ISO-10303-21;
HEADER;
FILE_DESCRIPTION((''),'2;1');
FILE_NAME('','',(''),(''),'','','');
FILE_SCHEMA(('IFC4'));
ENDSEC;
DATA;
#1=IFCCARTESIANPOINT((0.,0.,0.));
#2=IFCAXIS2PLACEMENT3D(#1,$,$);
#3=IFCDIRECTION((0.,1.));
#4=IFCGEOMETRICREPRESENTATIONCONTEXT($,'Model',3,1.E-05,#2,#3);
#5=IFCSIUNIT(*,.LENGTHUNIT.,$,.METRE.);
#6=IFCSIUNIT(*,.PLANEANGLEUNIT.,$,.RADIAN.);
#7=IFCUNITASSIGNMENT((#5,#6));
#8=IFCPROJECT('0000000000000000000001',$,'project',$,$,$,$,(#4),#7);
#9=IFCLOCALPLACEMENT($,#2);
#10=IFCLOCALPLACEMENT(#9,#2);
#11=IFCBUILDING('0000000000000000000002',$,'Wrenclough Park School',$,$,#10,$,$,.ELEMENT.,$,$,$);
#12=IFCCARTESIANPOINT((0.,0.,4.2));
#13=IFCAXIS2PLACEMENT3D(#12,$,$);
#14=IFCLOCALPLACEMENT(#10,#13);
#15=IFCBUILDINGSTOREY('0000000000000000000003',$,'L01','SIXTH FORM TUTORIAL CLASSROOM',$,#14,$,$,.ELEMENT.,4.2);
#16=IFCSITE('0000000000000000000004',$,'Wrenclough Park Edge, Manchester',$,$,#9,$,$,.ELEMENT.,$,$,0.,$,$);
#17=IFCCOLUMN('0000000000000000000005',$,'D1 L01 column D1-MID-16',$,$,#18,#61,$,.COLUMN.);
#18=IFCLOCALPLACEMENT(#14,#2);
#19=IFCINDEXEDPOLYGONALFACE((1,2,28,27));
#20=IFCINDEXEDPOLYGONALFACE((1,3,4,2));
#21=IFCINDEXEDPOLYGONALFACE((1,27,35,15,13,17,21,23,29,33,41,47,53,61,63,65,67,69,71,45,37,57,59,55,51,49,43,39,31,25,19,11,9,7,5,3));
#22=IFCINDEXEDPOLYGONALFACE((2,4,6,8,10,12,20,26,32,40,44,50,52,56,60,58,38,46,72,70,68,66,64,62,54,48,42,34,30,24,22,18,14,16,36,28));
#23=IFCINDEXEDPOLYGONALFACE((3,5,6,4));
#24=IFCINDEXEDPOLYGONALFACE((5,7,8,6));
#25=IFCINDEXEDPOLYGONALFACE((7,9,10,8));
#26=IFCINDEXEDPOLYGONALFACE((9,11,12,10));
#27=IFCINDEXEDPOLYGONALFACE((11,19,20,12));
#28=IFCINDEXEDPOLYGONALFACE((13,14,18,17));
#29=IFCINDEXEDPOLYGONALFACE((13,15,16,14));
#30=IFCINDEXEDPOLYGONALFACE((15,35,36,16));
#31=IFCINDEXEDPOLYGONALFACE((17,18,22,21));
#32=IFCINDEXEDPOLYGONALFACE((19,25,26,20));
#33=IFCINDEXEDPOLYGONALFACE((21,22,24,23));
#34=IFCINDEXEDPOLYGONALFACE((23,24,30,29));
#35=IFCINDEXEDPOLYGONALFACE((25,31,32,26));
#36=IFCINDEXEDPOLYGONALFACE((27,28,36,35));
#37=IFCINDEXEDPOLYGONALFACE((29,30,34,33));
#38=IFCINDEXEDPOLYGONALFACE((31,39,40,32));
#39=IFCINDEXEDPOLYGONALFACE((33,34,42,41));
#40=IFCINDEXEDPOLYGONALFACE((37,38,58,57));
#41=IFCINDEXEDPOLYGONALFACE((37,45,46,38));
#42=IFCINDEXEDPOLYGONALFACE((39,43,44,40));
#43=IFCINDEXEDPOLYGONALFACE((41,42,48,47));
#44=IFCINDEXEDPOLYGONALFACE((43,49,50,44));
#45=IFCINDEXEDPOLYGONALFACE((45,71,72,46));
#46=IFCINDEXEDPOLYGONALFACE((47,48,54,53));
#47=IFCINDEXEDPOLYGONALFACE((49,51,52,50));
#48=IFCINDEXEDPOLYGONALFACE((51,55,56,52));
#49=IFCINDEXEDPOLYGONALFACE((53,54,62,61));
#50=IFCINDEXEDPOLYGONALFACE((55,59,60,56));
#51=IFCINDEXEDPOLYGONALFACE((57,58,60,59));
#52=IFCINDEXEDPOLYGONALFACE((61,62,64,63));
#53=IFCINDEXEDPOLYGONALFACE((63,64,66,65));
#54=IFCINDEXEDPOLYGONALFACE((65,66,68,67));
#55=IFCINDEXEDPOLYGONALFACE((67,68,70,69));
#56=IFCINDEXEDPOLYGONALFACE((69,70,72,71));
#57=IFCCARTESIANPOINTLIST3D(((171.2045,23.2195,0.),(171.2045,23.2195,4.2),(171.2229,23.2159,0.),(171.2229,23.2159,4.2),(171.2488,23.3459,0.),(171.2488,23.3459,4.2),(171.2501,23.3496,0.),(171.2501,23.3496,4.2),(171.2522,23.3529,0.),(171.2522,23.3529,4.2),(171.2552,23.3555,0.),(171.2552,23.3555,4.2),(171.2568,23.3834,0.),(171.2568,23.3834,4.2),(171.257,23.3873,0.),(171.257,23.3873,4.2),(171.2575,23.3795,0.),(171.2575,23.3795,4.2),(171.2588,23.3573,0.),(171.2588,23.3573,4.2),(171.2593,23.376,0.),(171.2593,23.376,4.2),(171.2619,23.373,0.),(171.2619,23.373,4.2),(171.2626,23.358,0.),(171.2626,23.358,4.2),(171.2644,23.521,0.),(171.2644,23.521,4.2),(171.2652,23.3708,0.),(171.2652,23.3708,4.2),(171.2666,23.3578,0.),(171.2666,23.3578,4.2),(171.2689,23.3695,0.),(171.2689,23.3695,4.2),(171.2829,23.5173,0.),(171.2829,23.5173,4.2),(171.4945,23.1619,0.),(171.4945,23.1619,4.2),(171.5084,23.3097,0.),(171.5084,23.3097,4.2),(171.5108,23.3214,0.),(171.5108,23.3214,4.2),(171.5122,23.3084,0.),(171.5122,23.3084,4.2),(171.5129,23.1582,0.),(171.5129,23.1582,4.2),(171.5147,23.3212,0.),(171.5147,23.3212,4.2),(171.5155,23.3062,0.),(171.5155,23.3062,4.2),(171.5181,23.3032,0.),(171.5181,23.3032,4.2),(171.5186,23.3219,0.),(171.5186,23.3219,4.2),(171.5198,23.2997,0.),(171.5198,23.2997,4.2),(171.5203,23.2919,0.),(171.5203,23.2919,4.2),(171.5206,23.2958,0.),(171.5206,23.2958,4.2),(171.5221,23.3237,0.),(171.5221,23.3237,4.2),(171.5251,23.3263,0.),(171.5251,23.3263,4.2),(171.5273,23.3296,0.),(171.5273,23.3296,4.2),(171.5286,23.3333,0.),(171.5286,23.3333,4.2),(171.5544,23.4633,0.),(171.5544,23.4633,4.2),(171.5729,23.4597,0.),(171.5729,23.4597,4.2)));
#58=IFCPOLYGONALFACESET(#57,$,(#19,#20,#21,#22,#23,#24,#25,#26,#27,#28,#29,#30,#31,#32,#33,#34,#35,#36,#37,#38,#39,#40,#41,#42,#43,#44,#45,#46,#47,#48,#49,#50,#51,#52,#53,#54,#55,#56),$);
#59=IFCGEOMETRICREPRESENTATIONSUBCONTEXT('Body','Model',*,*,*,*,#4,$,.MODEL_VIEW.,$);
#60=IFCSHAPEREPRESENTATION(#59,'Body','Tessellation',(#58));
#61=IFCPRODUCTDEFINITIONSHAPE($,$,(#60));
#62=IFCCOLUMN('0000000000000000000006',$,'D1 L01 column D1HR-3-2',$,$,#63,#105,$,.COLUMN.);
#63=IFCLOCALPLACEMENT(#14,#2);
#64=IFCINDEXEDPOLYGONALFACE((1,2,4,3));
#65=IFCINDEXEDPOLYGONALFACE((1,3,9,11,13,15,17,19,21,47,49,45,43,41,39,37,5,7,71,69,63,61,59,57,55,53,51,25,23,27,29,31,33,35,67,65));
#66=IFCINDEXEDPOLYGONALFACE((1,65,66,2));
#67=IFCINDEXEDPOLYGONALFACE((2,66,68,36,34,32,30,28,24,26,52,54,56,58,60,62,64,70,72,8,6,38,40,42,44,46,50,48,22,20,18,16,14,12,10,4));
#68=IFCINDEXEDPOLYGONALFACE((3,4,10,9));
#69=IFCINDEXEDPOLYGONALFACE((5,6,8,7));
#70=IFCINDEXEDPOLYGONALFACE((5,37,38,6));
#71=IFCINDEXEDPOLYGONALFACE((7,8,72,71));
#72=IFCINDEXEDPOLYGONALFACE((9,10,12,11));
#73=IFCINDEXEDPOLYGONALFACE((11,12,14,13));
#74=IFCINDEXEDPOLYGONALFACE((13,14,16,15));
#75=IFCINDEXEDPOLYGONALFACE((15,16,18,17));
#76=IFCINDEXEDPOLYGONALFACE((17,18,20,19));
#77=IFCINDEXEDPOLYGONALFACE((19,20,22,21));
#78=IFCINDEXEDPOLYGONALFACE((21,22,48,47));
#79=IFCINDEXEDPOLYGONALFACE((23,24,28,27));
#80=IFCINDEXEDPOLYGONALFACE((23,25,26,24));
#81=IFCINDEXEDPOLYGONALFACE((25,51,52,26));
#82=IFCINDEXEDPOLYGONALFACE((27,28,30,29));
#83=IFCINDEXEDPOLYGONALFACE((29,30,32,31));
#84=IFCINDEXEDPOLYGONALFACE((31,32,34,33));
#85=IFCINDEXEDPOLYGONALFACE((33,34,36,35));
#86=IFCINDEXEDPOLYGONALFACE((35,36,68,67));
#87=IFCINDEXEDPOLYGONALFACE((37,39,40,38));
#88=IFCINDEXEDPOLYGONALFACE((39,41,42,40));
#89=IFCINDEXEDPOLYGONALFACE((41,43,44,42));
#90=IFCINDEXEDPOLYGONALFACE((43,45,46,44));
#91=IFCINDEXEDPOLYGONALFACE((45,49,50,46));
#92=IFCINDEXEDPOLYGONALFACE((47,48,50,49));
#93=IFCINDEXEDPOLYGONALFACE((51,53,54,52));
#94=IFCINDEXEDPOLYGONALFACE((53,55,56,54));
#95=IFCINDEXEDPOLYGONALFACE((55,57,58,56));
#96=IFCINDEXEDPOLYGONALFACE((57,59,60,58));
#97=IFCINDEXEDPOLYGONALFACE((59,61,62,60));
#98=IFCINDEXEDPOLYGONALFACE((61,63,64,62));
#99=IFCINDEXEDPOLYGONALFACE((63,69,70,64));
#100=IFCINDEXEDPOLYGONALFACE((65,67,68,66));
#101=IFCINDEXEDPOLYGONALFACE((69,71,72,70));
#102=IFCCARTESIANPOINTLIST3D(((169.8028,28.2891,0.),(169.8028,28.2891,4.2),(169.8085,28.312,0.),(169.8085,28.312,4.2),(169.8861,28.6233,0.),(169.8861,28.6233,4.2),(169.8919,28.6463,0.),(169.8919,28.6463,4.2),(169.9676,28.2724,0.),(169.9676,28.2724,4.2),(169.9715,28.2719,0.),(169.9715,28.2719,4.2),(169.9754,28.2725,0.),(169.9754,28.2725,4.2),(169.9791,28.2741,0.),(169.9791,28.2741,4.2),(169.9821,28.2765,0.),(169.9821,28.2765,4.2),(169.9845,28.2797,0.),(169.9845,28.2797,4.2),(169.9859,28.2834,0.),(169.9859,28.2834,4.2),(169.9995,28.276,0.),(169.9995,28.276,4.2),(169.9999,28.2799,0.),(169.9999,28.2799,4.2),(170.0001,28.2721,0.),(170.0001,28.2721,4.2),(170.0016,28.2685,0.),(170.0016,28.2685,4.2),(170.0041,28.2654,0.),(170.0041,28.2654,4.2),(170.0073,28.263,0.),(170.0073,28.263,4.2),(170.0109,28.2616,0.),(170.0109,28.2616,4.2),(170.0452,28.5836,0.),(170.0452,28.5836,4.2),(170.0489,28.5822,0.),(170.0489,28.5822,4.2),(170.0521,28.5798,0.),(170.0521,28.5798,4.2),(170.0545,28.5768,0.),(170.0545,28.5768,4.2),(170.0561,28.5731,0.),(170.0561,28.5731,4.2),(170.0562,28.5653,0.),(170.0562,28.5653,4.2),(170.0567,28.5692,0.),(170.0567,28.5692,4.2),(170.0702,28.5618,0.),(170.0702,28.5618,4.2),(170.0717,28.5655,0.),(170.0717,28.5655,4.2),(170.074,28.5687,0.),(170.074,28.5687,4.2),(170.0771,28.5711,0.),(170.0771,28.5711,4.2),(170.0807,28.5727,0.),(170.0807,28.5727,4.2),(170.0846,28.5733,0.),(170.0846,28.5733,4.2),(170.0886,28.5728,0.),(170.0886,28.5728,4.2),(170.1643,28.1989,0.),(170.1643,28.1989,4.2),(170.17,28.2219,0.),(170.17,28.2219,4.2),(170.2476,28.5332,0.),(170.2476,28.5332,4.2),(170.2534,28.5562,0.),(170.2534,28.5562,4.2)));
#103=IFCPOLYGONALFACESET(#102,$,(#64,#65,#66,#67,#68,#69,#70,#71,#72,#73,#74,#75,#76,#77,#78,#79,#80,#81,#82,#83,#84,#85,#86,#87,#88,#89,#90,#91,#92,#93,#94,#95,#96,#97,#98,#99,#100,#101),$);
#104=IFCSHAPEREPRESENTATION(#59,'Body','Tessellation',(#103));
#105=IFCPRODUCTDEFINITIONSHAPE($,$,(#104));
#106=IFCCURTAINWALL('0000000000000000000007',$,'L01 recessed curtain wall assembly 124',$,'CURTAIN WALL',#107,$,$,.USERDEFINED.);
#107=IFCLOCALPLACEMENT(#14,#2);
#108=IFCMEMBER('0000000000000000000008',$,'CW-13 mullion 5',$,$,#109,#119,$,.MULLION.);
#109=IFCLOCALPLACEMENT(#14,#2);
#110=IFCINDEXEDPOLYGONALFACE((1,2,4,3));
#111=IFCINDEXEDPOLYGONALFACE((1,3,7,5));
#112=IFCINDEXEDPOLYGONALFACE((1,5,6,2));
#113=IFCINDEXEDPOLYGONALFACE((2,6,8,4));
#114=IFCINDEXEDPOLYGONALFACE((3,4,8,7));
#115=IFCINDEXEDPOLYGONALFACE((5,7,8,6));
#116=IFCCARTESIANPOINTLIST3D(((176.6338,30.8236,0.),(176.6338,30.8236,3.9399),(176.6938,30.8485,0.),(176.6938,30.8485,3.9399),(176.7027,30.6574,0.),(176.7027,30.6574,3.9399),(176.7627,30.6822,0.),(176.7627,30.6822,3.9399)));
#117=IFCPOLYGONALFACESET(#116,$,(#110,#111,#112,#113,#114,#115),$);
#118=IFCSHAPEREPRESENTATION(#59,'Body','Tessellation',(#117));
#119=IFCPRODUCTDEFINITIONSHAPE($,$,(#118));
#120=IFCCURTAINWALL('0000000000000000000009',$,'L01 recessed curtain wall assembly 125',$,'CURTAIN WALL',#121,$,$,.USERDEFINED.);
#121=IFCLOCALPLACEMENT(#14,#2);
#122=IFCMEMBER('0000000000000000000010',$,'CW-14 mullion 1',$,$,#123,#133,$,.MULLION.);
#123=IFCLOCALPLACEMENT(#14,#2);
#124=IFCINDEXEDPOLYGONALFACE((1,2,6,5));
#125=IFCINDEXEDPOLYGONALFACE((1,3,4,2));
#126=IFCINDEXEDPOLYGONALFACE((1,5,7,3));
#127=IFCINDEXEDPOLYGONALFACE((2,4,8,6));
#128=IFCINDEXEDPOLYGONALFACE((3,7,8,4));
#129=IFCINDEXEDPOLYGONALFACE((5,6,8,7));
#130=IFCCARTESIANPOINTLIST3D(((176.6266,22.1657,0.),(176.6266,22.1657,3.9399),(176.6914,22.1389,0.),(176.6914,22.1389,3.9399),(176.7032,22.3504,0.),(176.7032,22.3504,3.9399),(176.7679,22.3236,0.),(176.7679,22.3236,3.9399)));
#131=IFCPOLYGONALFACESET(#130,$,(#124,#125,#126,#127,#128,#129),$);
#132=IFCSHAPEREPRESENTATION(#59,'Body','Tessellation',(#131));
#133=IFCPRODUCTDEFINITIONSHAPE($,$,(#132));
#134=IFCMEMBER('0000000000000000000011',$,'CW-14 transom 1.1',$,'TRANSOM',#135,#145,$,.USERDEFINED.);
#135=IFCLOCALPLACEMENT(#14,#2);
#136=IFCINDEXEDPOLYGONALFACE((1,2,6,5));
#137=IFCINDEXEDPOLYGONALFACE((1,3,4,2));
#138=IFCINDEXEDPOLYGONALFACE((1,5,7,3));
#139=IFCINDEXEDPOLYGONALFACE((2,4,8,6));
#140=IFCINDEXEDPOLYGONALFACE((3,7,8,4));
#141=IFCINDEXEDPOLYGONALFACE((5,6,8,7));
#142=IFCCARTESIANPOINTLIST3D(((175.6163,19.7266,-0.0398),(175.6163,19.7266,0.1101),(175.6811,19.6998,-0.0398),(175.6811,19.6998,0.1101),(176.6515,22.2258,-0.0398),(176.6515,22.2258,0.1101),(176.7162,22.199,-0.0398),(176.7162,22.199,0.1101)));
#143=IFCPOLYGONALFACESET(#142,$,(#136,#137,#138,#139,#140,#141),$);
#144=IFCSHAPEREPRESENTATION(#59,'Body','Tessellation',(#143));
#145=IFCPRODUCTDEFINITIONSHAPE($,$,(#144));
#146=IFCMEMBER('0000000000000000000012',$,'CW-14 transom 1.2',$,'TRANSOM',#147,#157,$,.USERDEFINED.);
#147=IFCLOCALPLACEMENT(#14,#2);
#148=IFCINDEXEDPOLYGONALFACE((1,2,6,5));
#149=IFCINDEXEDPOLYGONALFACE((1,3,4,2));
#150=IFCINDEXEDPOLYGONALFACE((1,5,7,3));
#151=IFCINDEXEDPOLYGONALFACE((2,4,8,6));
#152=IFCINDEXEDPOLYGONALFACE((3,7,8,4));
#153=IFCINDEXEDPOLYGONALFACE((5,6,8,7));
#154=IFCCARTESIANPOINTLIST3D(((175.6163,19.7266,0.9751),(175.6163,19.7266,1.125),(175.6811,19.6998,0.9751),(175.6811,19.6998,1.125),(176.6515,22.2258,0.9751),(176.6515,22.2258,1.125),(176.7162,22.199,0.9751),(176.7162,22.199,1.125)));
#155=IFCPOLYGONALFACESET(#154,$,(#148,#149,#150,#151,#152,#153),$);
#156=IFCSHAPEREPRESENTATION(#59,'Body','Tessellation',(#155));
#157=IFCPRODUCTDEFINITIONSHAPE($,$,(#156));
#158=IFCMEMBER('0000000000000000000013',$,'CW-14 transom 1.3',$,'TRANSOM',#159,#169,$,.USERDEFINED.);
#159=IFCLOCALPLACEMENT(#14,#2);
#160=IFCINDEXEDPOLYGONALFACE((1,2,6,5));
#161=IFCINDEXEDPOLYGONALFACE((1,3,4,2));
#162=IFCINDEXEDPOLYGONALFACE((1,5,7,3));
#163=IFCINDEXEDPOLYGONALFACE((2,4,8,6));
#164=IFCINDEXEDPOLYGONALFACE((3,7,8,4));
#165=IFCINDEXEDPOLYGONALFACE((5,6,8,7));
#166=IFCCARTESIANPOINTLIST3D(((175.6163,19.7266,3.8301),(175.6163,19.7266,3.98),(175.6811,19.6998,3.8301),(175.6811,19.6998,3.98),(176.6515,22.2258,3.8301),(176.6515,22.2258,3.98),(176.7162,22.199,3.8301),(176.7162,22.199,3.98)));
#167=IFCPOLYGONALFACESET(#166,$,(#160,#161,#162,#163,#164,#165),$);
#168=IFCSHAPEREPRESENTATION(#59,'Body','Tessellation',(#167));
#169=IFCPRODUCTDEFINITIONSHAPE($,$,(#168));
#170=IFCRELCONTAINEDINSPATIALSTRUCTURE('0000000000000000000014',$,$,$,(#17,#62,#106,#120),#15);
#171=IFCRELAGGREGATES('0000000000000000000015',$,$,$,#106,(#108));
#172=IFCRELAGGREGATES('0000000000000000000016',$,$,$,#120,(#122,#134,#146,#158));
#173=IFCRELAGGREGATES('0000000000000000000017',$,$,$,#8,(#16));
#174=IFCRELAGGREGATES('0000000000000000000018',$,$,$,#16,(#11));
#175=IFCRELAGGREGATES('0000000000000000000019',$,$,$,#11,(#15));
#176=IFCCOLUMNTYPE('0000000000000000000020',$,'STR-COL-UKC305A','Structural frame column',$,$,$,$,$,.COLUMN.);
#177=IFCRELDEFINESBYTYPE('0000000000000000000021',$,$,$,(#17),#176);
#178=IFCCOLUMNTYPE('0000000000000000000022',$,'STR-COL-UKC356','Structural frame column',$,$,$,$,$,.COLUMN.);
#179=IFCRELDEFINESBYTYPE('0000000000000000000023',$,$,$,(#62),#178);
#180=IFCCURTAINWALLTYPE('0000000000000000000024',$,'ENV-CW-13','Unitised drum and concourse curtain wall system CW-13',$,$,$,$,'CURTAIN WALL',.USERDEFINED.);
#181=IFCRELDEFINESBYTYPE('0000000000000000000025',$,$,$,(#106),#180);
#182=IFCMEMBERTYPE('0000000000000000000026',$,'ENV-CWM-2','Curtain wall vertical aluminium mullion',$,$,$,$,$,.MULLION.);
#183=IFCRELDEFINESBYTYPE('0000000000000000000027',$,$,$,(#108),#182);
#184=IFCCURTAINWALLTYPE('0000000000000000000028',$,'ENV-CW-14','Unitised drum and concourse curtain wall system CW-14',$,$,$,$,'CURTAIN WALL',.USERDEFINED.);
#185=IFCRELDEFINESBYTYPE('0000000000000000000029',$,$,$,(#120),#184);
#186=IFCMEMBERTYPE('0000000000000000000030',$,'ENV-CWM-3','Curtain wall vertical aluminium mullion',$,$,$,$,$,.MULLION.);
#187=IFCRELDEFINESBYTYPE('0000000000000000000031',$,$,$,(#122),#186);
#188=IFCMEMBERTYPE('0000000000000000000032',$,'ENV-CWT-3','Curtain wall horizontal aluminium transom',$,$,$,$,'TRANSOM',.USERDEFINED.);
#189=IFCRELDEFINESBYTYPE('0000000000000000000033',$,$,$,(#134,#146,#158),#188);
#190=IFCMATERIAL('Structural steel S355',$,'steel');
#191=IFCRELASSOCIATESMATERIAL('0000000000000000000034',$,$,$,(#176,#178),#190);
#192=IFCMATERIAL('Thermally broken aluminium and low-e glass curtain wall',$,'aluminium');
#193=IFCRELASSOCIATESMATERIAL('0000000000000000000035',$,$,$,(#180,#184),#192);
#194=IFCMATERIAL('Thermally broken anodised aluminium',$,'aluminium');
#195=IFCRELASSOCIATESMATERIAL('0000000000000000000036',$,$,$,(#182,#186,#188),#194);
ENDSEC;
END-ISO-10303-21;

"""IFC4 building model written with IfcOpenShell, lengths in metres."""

from ifc_helpers import new_model, si_unit, direction, frame, origin, origin_2d, place, context, subcontext, project, spatial, rectangle, i_section, extrude, material, material_profile, profile_set, type_object, element, aggregate, save


model = new_model("IFC4")

# Units and contexts
model_context = context("Model", 3, precision=1e-05, world=origin(), true_north=direction((0.0, 1.0)))
body_context = subcontext(model_context, "Body", "Model", "MODEL_VIEW")
ifc_project = project(units=[si_unit("LENGTHUNIT", "METRE"), si_unit("PLANEANGLEUNIT", "RADIAN")], contexts=[model_context])

# Site, building, storey
site_placement = place(None, origin())
site = spatial("IfcSite", under=ifc_project, at=site_placement, Name="Wrenclough Park Edge, Manchester", CompositionType="ELEMENT", RefElevation=0.0)
building_placement = place(site_placement, origin())
building = spatial("IfcBuilding", under=site, at=building_placement, Name="Wrenclough Park School", CompositionType="ELEMENT")
storey_placement = place(building_placement, frame((0.0, 0.0, 4.2)))
storey = spatial("IfcBuildingStorey", under=building, at=storey_placement, Name="L01", Description="SIXTH FORM TUTORIAL CLASSROOM", CompositionType="ELEMENT", Elevation=4.2)

# Columns
ifc_material_1 = material(Name="Structural steel S355", Category="steel")
ifc_material_profile_1 = material_profile(ifc_material_1, i_section(OverallWidth=0.3074, OverallDepth=0.3145, WebThickness=0.012, FlangeThickness=0.0188, FilletRadius=0.0151, at=origin_2d()), Name="UKC 305x305x118")
ifc_profile_set_1 = profile_set([ifc_material_profile_1], Name="Structural steel S355")
column_type_1 = type_object("IfcColumnType", Name="STR-COL-UKC305A", Description="Structural frame column", PredefinedType="COLUMN", material=ifc_profile_set_1)
column_1_placement = place(storey_placement, frame((171.3887, 23.3396, 0.0), z_axis=(0.0, 0.0, 1.0), x_axis=(0.19509, 0.980785, 0.0)))
element("IfcColumn", 1, at=column_1_placement, inside=storey, type_object=column_type_1, Name="D1 L01 column D1-MID-16", PredefinedType="COLUMN", context=body_context, shape_type="SweptSolid", body=[
    extrude(i_section(OverallWidth=0.3074, OverallDepth=0.3145, WebThickness=0.012, FlangeThickness=0.0188, FilletRadius=0.0151, at=origin_2d()), origin(), (0.0, 0.0, 1.0), 4.2),
])
ifc_material_profile_2 = material_profile(ifc_material_1, i_section(OverallWidth=0.3726, OverallDepth=0.3682, WebThickness=0.0144, FlangeThickness=0.0237, FilletRadius=0.0151, at=origin_2d()), Name="UKC 356x368x177")
ifc_profile_set_2 = profile_set([ifc_material_profile_2], Name="Structural steel S355")
column_type_2 = type_object("IfcColumnType", Name="STR-COL-UKC356", Description="Structural frame column", PredefinedType="COLUMN", material=ifc_profile_set_2)
column_2_placement = place(storey_placement, frame((170.0281, 28.4226, 0.0), z_axis=(0.0, 0.0, 1.0), x_axis=(0.970296, -0.241922, 0.0)))
element("IfcColumn", 2, at=column_2_placement, inside=storey, type_object=column_type_2, Name="D1 L01 column D1HR-3-2", PredefinedType="COLUMN", context=body_context, shape_type="SweptSolid", body=[
    extrude(i_section(OverallWidth=0.3726, OverallDepth=0.3682, WebThickness=0.0144, FlangeThickness=0.0237, FilletRadius=0.0151, at=origin_2d()), origin(), (0.0, 0.0, 1.0), 4.2),
])

# Curtain wall, member
ifc_material_2 = material(Name="Thermally broken aluminium and low-e glass curtain wall", Category="aluminium")
curtain_wall_type_1 = type_object("IfcCurtainWallType", Name="ENV-CW-13", Description="Unitised drum and concourse curtain wall system CW-13", ElementType="CURTAIN WALL", PredefinedType="USERDEFINED", material=ifc_material_2)
curtain_wall_1_placement = place(storey_placement, origin())
curtain_wall_1 = element("IfcCurtainWall", 3, at=curtain_wall_1_placement, inside=storey, type_object=curtain_wall_type_1, Name="L01 recessed curtain wall assembly 124", ObjectType="CURTAIN WALL", PredefinedType="USERDEFINED")
ifc_material_3 = material(Name="Thermally broken anodised aluminium", Category="aluminium")
ifc_material_profile_3 = material_profile(ifc_material_3, rectangle(XDim=0.0649, YDim=0.1799, at=origin_2d()), Name="AL MULLION 65x180")
ifc_profile_set_3 = profile_set([ifc_material_profile_3], Name="Thermally broken anodised aluminium")
member_type_1 = type_object("IfcMemberType", Name="ENV-CWM-2", Description="Curtain wall vertical aluminium mullion", PredefinedType="MULLION", material=ifc_profile_set_3)
member_1_placement = place(storey_placement, frame((176.6982, 30.7529, 0.0), z_axis=(0.0, 0.0, 1.0), x_axis=(0.923878, 0.382687, 0.0)))
member_1 = element("IfcMember", 4, at=member_1_placement, type_object=member_type_1, Name="CW-13 mullion 5", PredefinedType="MULLION", context=body_context, shape_type="SweptSolid", body=[
    extrude(rectangle(XDim=0.0649, YDim=0.1799, at=origin_2d()), origin(), (0.0, 0.0, 1.0), 3.9399),
])
aggregate(curtain_wall_1, [member_1])

# Curtain wall, members
curtain_wall_type_2 = type_object("IfcCurtainWallType", Name="ENV-CW-14", Description="Unitised drum and concourse curtain wall system CW-14", ElementType="CURTAIN WALL", PredefinedType="USERDEFINED", material=ifc_material_2)
curtain_wall_2_placement = place(storey_placement, origin())
curtain_wall_2 = element("IfcCurtainWall", 5, at=curtain_wall_2_placement, inside=storey, type_object=curtain_wall_type_2, Name="L01 recessed curtain wall assembly 125", ObjectType="CURTAIN WALL", PredefinedType="USERDEFINED")
ifc_material_profile_4 = material_profile(ifc_material_3, rectangle(XDim=0.0701, YDim=0.2, at=origin_2d()), Name="AL MULLION 70x200")
ifc_profile_set_4 = profile_set([ifc_material_profile_4], Name="Thermally broken anodised aluminium")
member_type_2 = type_object("IfcMemberType", Name="ENV-CWM-3", Description="Curtain wall vertical aluminium mullion", PredefinedType="MULLION", material=ifc_profile_set_4)
member_2_placement = place(storey_placement, frame((176.6973, 22.2446, 0.0), z_axis=(0.0, 0.0, 1.0), x_axis=(0.923878, -0.382687, 0.0)))
member_2 = element("IfcMember", 6, at=member_2_placement, type_object=member_type_2, Name="CW-14 mullion 1", PredefinedType="MULLION", context=body_context, shape_type="SweptSolid", body=[
    extrude(rectangle(XDim=0.0701, YDim=0.2, at=origin_2d()), origin(), (0.0, 0.0, 1.0), 3.9399),
])
ifc_material_profile_5 = material_profile(ifc_material_3, rectangle(XDim=0.0701, YDim=0.1499, at=origin_2d()), Name="AL TRANSOM 70x150")
ifc_profile_set_5 = profile_set([ifc_material_profile_5], Name="Thermally broken anodised aluminium")
member_type_3 = type_object("IfcMemberType", Name="ENV-CWT-3", Description="Curtain wall horizontal aluminium transom", ElementType="TRANSOM", PredefinedType="USERDEFINED", material=ifc_profile_set_5)
member_3_placement = place(storey_placement, frame((176.6838, 22.2124, 0.0352), z_axis=(-0.38266, -0.923889, 0.0), x_axis=(0.923889, -0.38266, 0.0)))
member_3 = element("IfcMember", 7, at=member_3_placement, type_object=member_type_3, Name="CW-14 transom 1.1", ObjectType="TRANSOM", PredefinedType="USERDEFINED", context=body_context, shape_type="SweptSolid", body=[
    extrude(rectangle(XDim=0.0701, YDim=0.1499, at=origin_2d()), origin(), (0.0, 0.0, 1.0), 2.7051),
])
member_4_placement = place(storey_placement, frame((176.6838, 22.2124, 1.05), z_axis=(-0.38266, -0.923889, 0.0), x_axis=(0.923889, -0.38266, 0.0)))
member_4 = element("IfcMember", 8, at=member_4_placement, type_object=member_type_3, Name="CW-14 transom 1.2", ObjectType="TRANSOM", PredefinedType="USERDEFINED", context=body_context, shape_type="SweptSolid", body=[
    extrude(rectangle(XDim=0.0701, YDim=0.1499, at=origin_2d()), origin(), (0.0, 0.0, 1.0), 2.7051),
])
member_5_placement = place(storey_placement, frame((176.6838, 22.2124, 3.905), z_axis=(-0.38266, -0.923889, 0.0), x_axis=(0.923889, -0.38266, 0.0)))
member_5 = element("IfcMember", 9, at=member_5_placement, type_object=member_type_3, Name="CW-14 transom 1.3", ObjectType="TRANSOM", PredefinedType="USERDEFINED", context=body_context, shape_type="SweptSolid", body=[
    extrude(rectangle(XDim=0.0701, YDim=0.1499, at=origin_2d()), origin(), (0.0, 0.0, 1.0), 2.7051),
])
aggregate(curtain_wall_2, [member_2, member_3, member_4, member_5])

save(model, "model.ifc")
